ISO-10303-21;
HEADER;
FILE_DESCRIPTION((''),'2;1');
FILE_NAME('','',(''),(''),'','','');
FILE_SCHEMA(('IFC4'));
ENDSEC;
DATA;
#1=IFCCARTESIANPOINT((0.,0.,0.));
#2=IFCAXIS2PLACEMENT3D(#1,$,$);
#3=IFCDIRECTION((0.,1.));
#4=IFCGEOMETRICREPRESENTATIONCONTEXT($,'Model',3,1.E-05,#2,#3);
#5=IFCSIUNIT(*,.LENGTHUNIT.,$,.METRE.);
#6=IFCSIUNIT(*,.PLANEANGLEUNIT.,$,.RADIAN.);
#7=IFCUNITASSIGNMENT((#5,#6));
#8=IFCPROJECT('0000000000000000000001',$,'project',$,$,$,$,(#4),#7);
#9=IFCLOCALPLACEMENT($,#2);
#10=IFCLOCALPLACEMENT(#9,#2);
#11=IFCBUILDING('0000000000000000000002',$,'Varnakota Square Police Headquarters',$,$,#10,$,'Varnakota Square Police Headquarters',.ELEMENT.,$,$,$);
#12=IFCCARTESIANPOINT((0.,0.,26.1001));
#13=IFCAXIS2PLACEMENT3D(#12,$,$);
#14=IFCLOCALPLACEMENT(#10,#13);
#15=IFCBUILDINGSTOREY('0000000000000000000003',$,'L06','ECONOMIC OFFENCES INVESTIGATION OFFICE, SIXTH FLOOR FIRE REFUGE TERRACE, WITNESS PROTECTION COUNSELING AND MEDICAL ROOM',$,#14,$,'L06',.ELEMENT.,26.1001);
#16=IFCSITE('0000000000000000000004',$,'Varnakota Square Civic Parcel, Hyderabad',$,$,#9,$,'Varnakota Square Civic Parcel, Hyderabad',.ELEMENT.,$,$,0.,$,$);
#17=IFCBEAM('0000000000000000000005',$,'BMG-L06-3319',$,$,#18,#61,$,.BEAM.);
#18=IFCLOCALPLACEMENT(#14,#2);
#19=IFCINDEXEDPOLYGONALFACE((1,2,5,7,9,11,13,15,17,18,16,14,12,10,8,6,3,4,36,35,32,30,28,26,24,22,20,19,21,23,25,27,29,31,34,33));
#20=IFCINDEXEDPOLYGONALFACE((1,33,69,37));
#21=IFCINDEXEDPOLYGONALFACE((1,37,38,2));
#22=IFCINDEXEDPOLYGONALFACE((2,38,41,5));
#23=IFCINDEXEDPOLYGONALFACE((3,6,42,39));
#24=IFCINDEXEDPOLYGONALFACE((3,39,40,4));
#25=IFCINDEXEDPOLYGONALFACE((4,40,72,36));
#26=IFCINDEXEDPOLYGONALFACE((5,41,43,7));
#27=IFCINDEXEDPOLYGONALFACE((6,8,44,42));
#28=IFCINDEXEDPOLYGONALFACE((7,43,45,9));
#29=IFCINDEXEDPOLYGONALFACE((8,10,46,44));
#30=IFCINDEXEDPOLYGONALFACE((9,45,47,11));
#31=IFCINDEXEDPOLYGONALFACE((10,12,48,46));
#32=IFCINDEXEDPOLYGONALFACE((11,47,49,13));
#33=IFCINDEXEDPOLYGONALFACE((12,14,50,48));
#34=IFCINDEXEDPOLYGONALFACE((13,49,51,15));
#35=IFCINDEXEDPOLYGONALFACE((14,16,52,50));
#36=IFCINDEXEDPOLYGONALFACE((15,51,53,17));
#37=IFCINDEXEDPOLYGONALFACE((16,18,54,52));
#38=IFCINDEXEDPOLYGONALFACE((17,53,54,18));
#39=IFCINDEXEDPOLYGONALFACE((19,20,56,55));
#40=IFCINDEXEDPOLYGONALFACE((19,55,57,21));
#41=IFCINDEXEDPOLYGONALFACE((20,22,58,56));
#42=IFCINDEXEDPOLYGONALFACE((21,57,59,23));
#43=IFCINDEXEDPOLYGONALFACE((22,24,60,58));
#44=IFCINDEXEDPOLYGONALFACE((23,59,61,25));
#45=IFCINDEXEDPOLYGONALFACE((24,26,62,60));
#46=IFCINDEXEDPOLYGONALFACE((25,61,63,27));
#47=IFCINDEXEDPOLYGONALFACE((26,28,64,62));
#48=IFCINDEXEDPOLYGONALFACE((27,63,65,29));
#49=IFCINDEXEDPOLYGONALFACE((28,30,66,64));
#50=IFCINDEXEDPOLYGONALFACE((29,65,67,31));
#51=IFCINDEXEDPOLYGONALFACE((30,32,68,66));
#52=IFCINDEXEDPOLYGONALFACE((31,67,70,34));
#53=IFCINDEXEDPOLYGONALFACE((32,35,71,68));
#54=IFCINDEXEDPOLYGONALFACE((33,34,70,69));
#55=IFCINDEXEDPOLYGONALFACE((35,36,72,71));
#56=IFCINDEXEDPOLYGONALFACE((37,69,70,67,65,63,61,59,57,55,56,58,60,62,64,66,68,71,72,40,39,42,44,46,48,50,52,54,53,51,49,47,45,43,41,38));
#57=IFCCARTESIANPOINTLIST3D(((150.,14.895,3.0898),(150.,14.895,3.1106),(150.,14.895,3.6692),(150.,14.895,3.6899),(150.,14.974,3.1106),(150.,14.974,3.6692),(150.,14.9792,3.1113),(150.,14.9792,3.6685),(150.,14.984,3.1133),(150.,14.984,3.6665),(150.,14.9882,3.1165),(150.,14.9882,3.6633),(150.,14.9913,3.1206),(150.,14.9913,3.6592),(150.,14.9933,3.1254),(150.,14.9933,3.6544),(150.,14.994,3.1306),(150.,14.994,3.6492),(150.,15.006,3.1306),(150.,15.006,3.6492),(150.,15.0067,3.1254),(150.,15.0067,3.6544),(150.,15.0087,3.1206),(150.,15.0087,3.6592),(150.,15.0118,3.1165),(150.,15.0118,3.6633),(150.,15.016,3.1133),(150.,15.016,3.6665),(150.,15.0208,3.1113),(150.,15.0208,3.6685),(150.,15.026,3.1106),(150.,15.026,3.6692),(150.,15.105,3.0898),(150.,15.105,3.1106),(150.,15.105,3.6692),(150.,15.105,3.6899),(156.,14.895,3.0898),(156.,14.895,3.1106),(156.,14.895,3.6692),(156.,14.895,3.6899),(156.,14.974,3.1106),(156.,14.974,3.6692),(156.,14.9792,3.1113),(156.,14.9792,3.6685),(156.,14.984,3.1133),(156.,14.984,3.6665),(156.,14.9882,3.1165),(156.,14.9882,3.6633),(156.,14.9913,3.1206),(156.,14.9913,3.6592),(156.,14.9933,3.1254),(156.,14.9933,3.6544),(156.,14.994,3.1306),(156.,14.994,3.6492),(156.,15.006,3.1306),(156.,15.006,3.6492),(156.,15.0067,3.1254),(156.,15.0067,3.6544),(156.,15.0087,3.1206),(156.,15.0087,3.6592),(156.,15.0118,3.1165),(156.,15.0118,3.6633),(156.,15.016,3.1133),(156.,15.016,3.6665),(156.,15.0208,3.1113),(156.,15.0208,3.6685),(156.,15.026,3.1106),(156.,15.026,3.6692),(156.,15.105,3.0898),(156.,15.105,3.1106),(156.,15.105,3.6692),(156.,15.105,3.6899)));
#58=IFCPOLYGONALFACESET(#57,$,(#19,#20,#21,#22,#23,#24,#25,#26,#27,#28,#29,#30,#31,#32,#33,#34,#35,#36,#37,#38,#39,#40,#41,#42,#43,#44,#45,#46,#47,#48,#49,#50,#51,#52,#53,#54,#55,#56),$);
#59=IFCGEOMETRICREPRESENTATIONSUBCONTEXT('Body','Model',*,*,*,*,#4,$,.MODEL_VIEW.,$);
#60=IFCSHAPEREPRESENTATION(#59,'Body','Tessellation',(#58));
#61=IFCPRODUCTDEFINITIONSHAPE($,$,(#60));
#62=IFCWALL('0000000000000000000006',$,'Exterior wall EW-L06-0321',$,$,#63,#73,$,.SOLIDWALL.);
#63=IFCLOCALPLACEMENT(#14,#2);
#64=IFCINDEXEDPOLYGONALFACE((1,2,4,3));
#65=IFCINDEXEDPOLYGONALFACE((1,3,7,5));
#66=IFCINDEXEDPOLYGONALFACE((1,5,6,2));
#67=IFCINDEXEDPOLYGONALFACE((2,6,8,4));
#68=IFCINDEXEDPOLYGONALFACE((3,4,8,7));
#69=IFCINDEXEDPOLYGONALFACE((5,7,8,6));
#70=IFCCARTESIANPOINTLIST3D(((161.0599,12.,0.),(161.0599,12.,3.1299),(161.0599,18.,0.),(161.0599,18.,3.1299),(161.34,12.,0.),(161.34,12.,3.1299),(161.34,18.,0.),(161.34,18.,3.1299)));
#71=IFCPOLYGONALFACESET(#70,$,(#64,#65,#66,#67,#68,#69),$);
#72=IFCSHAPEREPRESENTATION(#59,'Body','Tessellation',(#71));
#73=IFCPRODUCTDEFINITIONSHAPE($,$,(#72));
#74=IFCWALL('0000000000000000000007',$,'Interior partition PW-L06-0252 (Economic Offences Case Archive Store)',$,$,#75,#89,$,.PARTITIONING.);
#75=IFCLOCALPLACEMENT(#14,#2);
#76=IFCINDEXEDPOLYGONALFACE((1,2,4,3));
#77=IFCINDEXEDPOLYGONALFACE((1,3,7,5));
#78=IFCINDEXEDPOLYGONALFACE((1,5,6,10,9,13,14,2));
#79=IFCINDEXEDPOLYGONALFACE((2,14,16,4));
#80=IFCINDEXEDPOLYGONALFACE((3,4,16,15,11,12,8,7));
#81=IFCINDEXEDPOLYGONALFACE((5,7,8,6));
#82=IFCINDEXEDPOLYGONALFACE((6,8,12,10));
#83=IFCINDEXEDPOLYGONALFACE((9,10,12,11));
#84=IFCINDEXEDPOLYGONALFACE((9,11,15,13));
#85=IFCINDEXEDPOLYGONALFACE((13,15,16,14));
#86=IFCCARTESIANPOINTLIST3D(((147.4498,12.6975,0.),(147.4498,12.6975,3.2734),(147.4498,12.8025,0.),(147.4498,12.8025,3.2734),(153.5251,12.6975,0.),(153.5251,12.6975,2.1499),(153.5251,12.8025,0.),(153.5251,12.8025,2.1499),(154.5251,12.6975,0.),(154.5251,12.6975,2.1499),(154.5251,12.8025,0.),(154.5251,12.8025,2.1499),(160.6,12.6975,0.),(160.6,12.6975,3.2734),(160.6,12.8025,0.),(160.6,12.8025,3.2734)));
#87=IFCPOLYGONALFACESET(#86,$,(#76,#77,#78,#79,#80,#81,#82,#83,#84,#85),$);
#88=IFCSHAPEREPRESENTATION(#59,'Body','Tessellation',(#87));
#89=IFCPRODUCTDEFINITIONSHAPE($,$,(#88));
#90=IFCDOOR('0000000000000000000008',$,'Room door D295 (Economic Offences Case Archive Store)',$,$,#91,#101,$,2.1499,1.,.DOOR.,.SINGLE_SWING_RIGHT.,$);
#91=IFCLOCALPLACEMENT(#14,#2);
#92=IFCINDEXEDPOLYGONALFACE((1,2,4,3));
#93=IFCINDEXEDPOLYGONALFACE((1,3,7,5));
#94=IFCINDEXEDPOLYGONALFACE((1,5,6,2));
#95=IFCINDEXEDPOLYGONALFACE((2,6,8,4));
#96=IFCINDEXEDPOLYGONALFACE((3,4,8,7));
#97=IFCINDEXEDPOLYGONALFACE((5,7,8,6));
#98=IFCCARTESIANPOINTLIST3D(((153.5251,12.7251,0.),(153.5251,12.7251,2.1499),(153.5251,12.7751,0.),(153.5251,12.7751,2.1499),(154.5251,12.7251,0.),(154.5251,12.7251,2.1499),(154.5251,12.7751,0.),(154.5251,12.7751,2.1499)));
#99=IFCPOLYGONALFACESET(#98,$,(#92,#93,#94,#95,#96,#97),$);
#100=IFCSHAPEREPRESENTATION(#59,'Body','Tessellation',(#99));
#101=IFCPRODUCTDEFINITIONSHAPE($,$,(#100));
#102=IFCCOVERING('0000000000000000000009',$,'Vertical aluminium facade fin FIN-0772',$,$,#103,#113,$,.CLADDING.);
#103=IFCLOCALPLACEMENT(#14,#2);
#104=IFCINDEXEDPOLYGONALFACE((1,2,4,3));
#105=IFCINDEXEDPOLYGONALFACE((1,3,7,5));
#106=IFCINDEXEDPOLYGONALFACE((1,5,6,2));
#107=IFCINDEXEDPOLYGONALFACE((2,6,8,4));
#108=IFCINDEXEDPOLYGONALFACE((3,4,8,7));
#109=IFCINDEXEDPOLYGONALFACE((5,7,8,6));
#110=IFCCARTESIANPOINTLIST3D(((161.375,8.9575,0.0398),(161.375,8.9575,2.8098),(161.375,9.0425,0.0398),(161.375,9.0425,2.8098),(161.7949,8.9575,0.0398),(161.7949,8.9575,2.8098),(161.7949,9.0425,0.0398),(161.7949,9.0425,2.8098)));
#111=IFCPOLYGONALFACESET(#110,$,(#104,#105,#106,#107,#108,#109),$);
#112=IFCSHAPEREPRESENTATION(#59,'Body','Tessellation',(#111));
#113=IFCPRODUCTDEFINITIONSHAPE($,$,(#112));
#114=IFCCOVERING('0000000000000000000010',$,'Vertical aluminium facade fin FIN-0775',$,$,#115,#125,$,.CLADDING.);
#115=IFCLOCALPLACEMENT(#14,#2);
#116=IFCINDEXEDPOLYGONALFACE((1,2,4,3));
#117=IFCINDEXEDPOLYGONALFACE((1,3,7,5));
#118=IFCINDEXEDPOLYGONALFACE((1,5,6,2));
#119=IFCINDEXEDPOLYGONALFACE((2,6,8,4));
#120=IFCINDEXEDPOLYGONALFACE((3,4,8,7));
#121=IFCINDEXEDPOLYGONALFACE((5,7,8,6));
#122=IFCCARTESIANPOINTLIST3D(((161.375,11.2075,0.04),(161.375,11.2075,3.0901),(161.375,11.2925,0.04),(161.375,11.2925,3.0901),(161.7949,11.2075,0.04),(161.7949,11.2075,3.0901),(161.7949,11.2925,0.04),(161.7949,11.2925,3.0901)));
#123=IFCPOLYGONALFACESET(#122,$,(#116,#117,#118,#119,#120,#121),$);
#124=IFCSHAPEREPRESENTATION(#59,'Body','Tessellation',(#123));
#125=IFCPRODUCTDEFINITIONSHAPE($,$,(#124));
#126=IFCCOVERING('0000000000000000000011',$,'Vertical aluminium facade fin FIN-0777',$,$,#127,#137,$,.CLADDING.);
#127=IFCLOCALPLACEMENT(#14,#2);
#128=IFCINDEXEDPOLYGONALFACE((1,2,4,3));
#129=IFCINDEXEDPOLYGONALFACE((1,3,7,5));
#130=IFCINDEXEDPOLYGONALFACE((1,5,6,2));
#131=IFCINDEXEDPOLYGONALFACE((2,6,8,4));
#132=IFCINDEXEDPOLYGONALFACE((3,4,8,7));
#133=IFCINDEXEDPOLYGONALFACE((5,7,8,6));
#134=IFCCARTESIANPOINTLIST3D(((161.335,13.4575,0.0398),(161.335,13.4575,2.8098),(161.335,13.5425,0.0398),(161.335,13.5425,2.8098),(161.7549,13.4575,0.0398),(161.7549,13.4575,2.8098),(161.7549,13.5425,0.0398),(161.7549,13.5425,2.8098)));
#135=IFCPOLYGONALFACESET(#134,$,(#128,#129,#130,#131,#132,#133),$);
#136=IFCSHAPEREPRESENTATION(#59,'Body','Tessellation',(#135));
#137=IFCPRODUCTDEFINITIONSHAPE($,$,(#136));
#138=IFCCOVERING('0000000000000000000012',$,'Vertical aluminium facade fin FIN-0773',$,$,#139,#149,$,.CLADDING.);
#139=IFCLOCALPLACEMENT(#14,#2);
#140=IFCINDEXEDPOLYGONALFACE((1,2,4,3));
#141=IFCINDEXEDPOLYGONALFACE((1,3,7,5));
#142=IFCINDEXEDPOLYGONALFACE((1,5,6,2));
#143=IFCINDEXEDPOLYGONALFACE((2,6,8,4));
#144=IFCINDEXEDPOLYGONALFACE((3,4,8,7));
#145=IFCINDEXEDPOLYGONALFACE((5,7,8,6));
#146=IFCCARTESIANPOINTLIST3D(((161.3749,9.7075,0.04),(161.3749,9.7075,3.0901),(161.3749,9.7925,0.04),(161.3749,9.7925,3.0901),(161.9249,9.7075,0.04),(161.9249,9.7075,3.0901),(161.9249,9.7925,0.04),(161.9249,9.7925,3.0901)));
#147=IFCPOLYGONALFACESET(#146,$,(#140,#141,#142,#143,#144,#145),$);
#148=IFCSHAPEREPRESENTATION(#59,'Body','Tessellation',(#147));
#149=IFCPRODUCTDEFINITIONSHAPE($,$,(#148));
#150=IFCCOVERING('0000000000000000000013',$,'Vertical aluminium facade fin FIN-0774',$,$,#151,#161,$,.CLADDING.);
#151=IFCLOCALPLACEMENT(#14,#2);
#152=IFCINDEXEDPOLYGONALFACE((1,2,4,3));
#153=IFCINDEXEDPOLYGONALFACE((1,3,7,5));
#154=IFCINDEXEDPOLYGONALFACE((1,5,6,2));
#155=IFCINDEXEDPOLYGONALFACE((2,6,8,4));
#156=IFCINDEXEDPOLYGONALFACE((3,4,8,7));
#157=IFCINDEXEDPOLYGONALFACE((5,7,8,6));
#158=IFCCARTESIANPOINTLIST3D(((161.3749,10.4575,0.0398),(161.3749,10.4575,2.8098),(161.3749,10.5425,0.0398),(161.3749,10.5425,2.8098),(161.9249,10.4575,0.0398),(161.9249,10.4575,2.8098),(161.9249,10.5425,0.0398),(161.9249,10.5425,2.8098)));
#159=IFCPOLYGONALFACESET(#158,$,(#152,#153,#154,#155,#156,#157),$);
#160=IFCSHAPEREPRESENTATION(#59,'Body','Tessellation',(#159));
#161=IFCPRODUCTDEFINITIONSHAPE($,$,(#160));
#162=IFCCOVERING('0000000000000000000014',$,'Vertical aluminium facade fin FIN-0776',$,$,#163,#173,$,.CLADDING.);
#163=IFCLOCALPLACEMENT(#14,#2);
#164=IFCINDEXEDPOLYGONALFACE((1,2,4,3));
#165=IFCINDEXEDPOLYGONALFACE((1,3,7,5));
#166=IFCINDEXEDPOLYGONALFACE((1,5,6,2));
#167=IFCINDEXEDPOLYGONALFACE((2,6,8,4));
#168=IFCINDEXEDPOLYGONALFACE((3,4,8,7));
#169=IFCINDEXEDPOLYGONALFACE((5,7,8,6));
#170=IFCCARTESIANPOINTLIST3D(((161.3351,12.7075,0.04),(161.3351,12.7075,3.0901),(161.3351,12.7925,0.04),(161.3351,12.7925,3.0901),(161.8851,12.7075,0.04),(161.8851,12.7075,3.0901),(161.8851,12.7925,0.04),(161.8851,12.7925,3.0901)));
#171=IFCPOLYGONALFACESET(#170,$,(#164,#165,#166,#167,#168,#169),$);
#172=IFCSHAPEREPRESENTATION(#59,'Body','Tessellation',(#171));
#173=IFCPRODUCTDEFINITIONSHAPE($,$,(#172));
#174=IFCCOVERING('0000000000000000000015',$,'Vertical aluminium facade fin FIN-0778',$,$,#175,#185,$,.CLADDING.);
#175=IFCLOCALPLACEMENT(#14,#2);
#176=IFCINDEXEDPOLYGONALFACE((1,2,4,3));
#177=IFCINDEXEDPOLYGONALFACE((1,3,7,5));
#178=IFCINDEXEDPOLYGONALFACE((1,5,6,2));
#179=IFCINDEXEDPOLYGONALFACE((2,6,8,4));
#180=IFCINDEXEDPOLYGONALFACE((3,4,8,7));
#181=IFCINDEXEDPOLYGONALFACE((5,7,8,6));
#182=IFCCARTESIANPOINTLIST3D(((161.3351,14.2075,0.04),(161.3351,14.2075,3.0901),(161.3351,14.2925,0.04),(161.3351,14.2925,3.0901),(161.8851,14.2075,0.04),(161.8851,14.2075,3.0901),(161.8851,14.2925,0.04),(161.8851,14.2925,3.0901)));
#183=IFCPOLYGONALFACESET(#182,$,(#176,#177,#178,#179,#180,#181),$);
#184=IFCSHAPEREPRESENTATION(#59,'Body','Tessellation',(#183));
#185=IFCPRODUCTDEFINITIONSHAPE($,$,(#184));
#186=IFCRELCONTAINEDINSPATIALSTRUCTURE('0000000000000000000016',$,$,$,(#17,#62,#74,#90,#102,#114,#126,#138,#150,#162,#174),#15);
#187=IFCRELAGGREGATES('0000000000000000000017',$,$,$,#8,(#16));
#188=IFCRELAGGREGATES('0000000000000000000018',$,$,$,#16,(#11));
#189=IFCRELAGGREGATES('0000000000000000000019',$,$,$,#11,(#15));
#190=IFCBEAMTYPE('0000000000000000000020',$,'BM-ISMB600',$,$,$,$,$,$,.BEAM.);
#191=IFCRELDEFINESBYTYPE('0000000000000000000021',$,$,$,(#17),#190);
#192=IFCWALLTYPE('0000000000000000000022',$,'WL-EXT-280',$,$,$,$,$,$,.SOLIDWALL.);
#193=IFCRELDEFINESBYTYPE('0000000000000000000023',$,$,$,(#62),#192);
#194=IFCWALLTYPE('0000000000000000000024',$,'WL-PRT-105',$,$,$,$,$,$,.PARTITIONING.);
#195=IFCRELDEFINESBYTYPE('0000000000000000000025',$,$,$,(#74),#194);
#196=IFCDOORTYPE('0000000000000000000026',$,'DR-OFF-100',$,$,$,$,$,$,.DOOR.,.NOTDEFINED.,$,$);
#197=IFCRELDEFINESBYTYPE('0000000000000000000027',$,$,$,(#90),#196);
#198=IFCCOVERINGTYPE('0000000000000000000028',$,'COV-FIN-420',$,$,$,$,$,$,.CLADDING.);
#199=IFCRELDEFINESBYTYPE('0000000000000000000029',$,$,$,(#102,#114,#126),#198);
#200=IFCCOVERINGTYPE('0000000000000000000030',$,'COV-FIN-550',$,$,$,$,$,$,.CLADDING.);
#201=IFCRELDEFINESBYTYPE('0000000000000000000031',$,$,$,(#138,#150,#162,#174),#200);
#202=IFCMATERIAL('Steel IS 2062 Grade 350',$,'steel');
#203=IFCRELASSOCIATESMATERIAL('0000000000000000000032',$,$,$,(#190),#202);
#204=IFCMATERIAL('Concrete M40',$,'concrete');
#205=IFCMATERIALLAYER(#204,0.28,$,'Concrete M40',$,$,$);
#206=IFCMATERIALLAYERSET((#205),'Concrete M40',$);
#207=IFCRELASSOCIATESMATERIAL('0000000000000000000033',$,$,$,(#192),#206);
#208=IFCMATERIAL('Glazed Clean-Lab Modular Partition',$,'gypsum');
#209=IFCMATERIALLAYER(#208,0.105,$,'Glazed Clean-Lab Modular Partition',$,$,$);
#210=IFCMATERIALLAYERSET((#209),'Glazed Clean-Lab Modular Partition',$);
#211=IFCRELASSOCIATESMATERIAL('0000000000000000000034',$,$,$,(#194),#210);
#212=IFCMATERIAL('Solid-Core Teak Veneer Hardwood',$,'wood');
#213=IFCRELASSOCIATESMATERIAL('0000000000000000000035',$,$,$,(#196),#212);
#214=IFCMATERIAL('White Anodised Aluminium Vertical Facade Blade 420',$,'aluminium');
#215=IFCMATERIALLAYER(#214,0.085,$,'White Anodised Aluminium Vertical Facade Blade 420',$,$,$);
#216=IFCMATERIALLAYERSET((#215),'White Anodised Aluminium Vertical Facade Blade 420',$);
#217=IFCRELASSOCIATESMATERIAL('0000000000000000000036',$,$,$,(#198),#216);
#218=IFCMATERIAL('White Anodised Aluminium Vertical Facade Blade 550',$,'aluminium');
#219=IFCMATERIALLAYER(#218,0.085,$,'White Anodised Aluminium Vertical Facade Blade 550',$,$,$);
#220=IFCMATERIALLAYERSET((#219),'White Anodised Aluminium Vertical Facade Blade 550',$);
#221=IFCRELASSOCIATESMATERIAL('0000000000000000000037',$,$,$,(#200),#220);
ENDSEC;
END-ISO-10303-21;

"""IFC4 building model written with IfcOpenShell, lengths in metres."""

from ifc_helpers import new_model, si_unit, direction, frame, frame_2d, origin, origin_2d, place, context, subcontext, project, spatial, rectangle, i_section, extrude, material, layer, layer_set, material_profile, profile_set, type_object, element, fill, save


model = new_model("IFC4")

# Units and contexts
model_context = context("Model", 3, precision=1e-05, world=origin(), true_north=direction((0.0, 1.0)))
body_context = subcontext(model_context, "Body", "Model", "MODEL_VIEW")
ifc_project = project(units=[si_unit("LENGTHUNIT", "METRE"), si_unit("PLANEANGLEUNIT", "RADIAN")], contexts=[model_context])

# Site, building, storey
site_placement = place(None, origin())
site = spatial("IfcSite", under=ifc_project, at=site_placement, Name="Varnakota Square Civic Parcel, Hyderabad", LongName="Varnakota Square Civic Parcel, Hyderabad", CompositionType="ELEMENT", RefElevation=0.0)
building_placement = place(site_placement, origin())
building = spatial("IfcBuilding", under=site, at=building_placement, Name="Varnakota Square Police Headquarters", LongName="Varnakota Square Police Headquarters", CompositionType="ELEMENT")
storey_placement = place(building_placement, frame((0.0, 0.0, 26.1001)))
storey = spatial("IfcBuildingStorey", under=building, at=storey_placement, Name="L06", Description="ECONOMIC OFFENCES INVESTIGATION OFFICE, SIXTH FLOOR FIRE REFUGE TERRACE, WITNESS PROTECTION COUNSELING AND MEDICAL ROOM", LongName="L06", CompositionType="ELEMENT", Elevation=26.1001)

# Shared definitions
ifc_material_1 = material(Name="Steel IS 2062 Grade 350", Category="steel")

# Beam
ifc_material_profile_1 = material_profile(ifc_material_1, i_section(OverallWidth=0.21, OverallDepth=0.6001, WebThickness=0.012, FlangeThickness=0.0208, FilletRadius=0.02, at=origin_2d()), Name="ISMB 600")
ifc_profile_set_1 = profile_set([ifc_material_profile_1], Name="Steel IS 2062 Grade 350")
beam_type_1 = type_object("IfcBeamType", Name="BM-ISMB600", PredefinedType="BEAM", material=ifc_profile_set_1)
for number, where, z_axis, x_axis, name in (
    (1, (150.0, 15.0, 3.3899), (1.0, 0.0, 0.0), (0.0, 1.0, 0.0), "BMG-L06-3319"),
):
    element("IfcBeam", number, at=place(storey_placement, frame(where, z_axis=z_axis, x_axis=x_axis)), inside=storey, type_object=beam_type_1, Name=name, PredefinedType="BEAM", context=body_context, shape_type="SweptSolid", body=[
        extrude(i_section(OverallWidth=0.21, OverallDepth=0.6001, WebThickness=0.012, FlangeThickness=0.0208, FilletRadius=0.02, at=origin_2d()), origin(), (0.0, 0.0, 1.0), 6.0),
    ])

# Wall
ifc_material_2 = material(Name="Concrete M40", Category="concrete")
ifc_layer_1 = layer(ifc_material_2, 0.28, Name="Concrete M40")
ifc_layer_set_1 = layer_set([ifc_layer_1], Name="Concrete M40")
wall_type_1 = type_object("IfcWallType", Name="WL-EXT-280", PredefinedType="SOLIDWALL", material=ifc_layer_set_1)
wall_1_placement = place(storey_placement, frame((161.2, 12.0, 0.0), z_axis=(0.0, 0.0, 1.0), x_axis=(0.0, 1.0, 0.0)))
element("IfcWall", 2, at=wall_1_placement, inside=storey, type_object=wall_type_1, Name="Exterior wall EW-L06-0321", PredefinedType="SOLIDWALL", context=body_context, shape_type="SweptSolid", body=[
    extrude(rectangle(XDim=6.0, YDim=0.28, at=frame_2d((3.0, 0.0))), origin(), (0.0, 0.0, 1.0), 3.1299),
])

# Wall, opening, door
ifc_material_3 = material(Name="Glazed Clean-Lab Modular Partition", Category="gypsum")
ifc_layer_2 = layer(ifc_material_3, 0.105, Name="Glazed Clean-Lab Modular Partition")
ifc_layer_set_2 = layer_set([ifc_layer_2], Name="Glazed Clean-Lab Modular Partition")
wall_type_2 = type_object("IfcWallType", Name="WL-PRT-105", PredefinedType="PARTITIONING", material=ifc_layer_set_2)
wall_2_placement = place(storey_placement, frame((160.6001, 12.75, 0.0), z_axis=(0.0, 0.0, 1.0), x_axis=(-1.0, 0.0, 0.0)))
wall_2 = element("IfcWall", 3, at=wall_2_placement, inside=storey, type_object=wall_type_2, Name="Interior partition PW-L06-0252 (Economic Offences Case Archive Store)", PredefinedType="PARTITIONING", context=body_context, shape_type="SweptSolid", body=[
    extrude(rectangle(XDim=13.1501, YDim=0.105, at=frame_2d((6.5752, 0.0))), origin(), (0.0, 0.0, 1.0), 3.2734),
])
opening_placement = place(wall_2_placement, frame((6.075, 0.0, 0.0)))
opening = element("IfcOpeningElement", 4, at=opening_placement, cuts=wall_2, PredefinedType="OPENING", context=body_context, shape_type="SweptSolid", body=[
    extrude(rectangle(XDim=1.0, YDim=2.1499, at=frame_2d((0.5, 1.075))), frame((0.0, 0.0625, 0.0), z_axis=(0.0, -1.0, 0.0), x_axis=(1.0, 0.0, 0.0)), (0.0, 0.0, 1.0), 0.125),
])
ifc_material_4 = material(Name="Solid-Core Teak Veneer Hardwood", Category="wood")
door_type = type_object("IfcDoorType", Name="DR-OFF-100", OperationType="NOTDEFINED", PredefinedType="DOOR", material=ifc_material_4)
door_placement = place(opening_placement, origin())
door = element("IfcDoor", 5, at=door_placement, inside=storey, type_object=door_type, Name="Room door D295 (Economic Offences Case Archive Store)", OperationType="SINGLE_SWING_RIGHT", OverallHeight=2.1499, OverallWidth=1.0, PredefinedType="DOOR", context=body_context, shape_type="SweptSolid", body=[
    extrude(rectangle(XDim=1.0, YDim=2.1499, at=frame_2d((0.5, 1.075))), frame((0.0, 0.0249, 0.0), z_axis=(0.0, -1.0, 0.0), x_axis=(1.0, 0.0, 0.0)), (0.0, 0.0, 1.0), 0.05),
])
fill(opening, door)

# Coverings
ifc_material_5 = material(Name="White Anodised Aluminium Vertical Facade Blade 420", Category="aluminium")
ifc_layer_3 = layer(ifc_material_5, 0.085, Name="White Anodised Aluminium Vertical Facade Blade 420")
ifc_layer_set_3 = layer_set([ifc_layer_3], Name="White Anodised Aluminium Vertical Facade Blade 420")
covering_type_1 = type_object("IfcCoveringType", Name="COV-FIN-420", PredefinedType="CLADDING", material=ifc_layer_set_3)
covering_1_placement = place(storey_placement, frame((161.585, 9.0, 0.0398), z_axis=(0.0, 0.0, 1.0), x_axis=(0.0, 1.0, 0.0)))
element("IfcCovering", 6, at=covering_1_placement, inside=storey, type_object=covering_type_1, Name="Vertical aluminium facade fin FIN-0772", PredefinedType="CLADDING", context=body_context, shape_type="SweptSolid", body=[
    extrude(rectangle(XDim=0.085, YDim=0.4199, at=origin_2d()), origin(), (0.0, 0.0, 1.0), 2.77),
])
covering_2_placement = place(storey_placement, frame((161.585, 11.25, 0.04), z_axis=(0.0, 0.0, 1.0), x_axis=(0.0, 1.0, 0.0)))
element("IfcCovering", 7, at=covering_2_placement, inside=storey, type_object=covering_type_1, Name="Vertical aluminium facade fin FIN-0775", PredefinedType="CLADDING", context=body_context, shape_type="SweptSolid", body=[
    extrude(rectangle(XDim=0.085, YDim=0.4199, at=origin_2d()), origin(), (0.0, 0.0, 1.0), 3.05),
])
covering_3_placement = place(storey_placement, frame((161.5449, 13.5, 0.0398), z_axis=(0.0, 0.0, 1.0), x_axis=(0.0, 1.0, 0.0)))
element("IfcCovering", 8, at=covering_3_placement, inside=storey, type_object=covering_type_1, Name="Vertical aluminium facade fin FIN-0777", PredefinedType="CLADDING", context=body_context, shape_type="SweptSolid", body=[
    extrude(rectangle(XDim=0.085, YDim=0.4199, at=origin_2d()), origin(), (0.0, 0.0, 1.0), 2.77),
])
ifc_material_6 = material(Name="White Anodised Aluminium Vertical Facade Blade 550", Category="aluminium")
ifc_layer_4 = layer(ifc_material_6, 0.085, Name="White Anodised Aluminium Vertical Facade Blade 550")
ifc_layer_set_4 = layer_set([ifc_layer_4], Name="White Anodised Aluminium Vertical Facade Blade 550")
covering_type_2 = type_object("IfcCoveringType", Name="COV-FIN-550", PredefinedType="CLADDING", material=ifc_layer_set_4)
covering_4_placement = place(storey_placement, frame((161.6499, 9.75, 0.04), z_axis=(0.0, 0.0, 1.0), x_axis=(0.0, 1.0, 0.0)))
element("IfcCovering", 9, at=covering_4_placement, inside=storey, type_object=covering_type_2, Name="Vertical aluminium facade fin FIN-0773", PredefinedType="CLADDING", context=body_context, shape_type="SweptSolid", body=[
    extrude(rectangle(XDim=0.085, YDim=0.55, at=origin_2d()), origin(), (0.0, 0.0, 1.0), 3.05),
])
covering_5_placement = place(storey_placement, frame((161.6499, 10.5, 0.0398), z_axis=(0.0, 0.0, 1.0), x_axis=(0.0, 1.0, 0.0)))
element("IfcCovering", 10, at=covering_5_placement, inside=storey, type_object=covering_type_2, Name="Vertical aluminium facade fin FIN-0774", PredefinedType="CLADDING", context=body_context, shape_type="SweptSolid", body=[
    extrude(rectangle(XDim=0.085, YDim=0.55, at=origin_2d()), origin(), (0.0, 0.0, 1.0), 2.77),
])
for number, where, z_axis, x_axis, name in (
    (11, (161.6101, 12.75, 0.04), (0.0, 0.0, 1.0), (0.0, 1.0, 0.0), "Vertical aluminium facade fin FIN-0776"),
    (12, (161.6101, 14.25, 0.04), (0.0, 0.0, 1.0), (0.0, 1.0, 0.0), "Vertical aluminium facade fin FIN-0778"),
):
    element("IfcCovering", number, at=place(storey_placement, frame(where, z_axis=z_axis, x_axis=x_axis)), inside=storey, type_object=covering_type_2, Name=name, PredefinedType="CLADDING", context=body_context, shape_type="SweptSolid", body=[
        extrude(rectangle(XDim=0.085, YDim=0.55, at=origin_2d()), origin(), (0.0, 0.0, 1.0), 3.05),
    ])

save(model, "model.ifc")
